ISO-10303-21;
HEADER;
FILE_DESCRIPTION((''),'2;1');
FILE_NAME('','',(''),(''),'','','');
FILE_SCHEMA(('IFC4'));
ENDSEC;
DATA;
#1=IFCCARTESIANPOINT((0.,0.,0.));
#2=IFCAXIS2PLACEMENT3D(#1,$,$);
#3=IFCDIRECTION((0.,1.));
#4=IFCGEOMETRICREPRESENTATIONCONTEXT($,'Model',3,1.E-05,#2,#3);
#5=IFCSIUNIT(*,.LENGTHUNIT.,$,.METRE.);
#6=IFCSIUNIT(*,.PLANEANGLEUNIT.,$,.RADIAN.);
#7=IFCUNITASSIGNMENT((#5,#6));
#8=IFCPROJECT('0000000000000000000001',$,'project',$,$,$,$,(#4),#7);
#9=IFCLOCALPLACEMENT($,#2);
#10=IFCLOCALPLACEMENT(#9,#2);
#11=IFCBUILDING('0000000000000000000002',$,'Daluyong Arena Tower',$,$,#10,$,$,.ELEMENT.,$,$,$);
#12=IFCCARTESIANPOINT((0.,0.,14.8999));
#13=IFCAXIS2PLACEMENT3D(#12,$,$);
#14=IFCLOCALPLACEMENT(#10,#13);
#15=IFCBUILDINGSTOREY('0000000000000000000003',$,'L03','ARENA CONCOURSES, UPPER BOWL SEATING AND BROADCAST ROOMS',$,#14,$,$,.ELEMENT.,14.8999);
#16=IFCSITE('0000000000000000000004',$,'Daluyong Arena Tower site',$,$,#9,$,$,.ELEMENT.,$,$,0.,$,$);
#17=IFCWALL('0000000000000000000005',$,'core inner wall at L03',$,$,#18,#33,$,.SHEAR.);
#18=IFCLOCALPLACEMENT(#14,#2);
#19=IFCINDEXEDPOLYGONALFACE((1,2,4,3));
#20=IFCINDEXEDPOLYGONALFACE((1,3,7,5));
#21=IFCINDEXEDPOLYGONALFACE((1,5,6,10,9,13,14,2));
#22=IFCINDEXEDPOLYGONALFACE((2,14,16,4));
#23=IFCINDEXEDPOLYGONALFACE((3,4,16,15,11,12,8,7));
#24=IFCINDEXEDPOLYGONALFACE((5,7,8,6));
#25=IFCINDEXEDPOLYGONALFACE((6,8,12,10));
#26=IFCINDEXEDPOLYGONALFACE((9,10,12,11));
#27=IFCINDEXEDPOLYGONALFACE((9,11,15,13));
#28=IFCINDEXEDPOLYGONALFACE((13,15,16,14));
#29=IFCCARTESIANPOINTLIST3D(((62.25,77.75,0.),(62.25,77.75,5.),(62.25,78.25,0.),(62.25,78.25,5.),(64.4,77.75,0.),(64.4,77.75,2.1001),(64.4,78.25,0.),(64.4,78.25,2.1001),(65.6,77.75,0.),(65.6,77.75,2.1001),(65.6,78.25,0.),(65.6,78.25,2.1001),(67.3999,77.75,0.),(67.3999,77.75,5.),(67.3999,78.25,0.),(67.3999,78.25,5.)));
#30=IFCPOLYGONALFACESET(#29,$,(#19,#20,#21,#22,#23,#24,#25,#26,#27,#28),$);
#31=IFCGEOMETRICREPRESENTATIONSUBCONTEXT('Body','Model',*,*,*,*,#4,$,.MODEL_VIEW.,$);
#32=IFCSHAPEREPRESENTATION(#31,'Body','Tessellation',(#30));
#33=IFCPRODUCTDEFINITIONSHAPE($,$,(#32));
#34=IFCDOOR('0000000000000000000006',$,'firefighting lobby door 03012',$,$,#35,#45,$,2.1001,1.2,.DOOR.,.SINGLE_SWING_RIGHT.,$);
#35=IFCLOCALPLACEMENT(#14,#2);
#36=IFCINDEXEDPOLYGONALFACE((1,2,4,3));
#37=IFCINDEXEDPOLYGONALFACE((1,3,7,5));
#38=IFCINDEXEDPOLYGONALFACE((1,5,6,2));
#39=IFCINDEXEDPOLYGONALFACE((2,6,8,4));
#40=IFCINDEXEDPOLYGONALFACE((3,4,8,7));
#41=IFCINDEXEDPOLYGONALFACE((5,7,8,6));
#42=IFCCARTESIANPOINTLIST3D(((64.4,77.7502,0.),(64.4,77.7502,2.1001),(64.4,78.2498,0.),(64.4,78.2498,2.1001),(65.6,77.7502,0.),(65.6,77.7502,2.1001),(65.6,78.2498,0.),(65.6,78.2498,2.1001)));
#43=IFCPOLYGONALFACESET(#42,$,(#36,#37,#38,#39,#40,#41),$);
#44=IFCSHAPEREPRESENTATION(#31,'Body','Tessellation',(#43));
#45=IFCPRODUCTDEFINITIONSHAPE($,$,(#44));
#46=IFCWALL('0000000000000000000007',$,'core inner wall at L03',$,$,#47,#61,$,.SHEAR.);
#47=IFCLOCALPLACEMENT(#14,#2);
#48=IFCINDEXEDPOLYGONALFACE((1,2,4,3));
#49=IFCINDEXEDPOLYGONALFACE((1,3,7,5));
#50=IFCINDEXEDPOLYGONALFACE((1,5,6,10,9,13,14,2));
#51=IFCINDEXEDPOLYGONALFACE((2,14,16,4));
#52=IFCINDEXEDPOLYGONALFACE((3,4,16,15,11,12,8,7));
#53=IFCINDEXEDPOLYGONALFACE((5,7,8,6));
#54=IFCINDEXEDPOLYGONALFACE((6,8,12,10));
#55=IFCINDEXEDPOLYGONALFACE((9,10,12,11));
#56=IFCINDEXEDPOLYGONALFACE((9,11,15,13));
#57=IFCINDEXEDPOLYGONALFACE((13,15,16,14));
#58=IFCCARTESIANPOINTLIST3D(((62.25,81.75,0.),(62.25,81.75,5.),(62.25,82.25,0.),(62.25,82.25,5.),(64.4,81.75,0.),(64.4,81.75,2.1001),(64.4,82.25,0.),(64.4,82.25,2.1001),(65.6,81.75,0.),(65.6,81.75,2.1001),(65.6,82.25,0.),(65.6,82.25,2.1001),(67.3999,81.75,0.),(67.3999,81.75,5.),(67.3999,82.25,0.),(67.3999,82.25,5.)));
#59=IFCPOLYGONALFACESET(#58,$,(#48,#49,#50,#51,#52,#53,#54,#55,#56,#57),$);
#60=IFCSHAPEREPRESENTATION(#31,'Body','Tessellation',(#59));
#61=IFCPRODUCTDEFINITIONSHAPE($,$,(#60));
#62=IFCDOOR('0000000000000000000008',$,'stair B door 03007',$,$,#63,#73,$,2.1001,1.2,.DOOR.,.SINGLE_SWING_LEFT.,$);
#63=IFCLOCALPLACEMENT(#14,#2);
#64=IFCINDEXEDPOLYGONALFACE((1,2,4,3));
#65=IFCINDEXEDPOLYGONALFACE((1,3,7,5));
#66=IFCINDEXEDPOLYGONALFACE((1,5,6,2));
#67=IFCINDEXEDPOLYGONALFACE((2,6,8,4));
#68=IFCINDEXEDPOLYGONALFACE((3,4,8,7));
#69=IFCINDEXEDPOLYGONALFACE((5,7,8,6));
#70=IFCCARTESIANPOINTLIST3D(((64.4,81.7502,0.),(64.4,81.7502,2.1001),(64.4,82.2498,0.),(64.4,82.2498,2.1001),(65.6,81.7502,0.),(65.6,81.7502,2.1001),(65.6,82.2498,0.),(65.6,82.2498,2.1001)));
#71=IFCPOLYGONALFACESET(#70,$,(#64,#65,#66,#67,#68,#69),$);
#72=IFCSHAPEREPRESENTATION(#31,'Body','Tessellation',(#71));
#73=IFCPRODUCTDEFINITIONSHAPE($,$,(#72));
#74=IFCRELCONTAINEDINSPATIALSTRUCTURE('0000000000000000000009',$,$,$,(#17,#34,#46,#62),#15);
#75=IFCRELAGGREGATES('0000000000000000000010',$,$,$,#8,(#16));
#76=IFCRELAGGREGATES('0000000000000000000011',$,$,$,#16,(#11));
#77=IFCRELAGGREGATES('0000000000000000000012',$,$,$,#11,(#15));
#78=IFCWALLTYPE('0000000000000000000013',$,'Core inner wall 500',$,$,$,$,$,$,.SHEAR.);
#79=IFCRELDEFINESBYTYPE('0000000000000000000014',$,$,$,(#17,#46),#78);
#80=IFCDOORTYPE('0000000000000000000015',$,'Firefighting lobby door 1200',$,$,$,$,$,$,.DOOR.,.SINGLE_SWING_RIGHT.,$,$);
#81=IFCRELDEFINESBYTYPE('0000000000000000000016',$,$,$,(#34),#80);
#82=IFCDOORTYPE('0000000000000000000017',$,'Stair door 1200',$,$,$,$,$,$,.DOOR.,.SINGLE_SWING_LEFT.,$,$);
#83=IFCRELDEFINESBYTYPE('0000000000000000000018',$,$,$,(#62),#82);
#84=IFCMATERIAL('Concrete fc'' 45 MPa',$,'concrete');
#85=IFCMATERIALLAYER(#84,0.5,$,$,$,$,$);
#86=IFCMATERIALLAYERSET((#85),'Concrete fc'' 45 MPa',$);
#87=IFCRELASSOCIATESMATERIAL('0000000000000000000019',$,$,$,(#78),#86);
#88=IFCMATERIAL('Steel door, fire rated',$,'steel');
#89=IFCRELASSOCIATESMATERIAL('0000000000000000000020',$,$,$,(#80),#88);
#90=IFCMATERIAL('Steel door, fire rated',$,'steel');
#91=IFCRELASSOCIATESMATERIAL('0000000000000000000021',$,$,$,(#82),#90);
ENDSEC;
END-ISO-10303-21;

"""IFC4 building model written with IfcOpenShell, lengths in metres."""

from ifc_helpers import new_model, si_unit, direction, frame, frame_2d, origin, place, context, subcontext, project, spatial, rectangle, extrude, material, layer, layer_set, type_object, element, fill, save


model = new_model("IFC4")

# Units and contexts
model_context = context("Model", 3, precision=1e-05, world=origin(), true_north=direction((0.0, 1.0)))
body_context = subcontext(model_context, "Body", "Model", "MODEL_VIEW")
ifc_project = project(units=[si_unit("LENGTHUNIT", "METRE"), si_unit("PLANEANGLEUNIT", "RADIAN")], contexts=[model_context])

# Site, building, storey
site_placement = place(None, origin())
site = spatial("IfcSite", under=ifc_project, at=site_placement, Name="Daluyong Arena Tower site", CompositionType="ELEMENT", RefElevation=0.0)
building_placement = place(site_placement, origin())
building = spatial("IfcBuilding", under=site, at=building_placement, Name="Daluyong Arena Tower", CompositionType="ELEMENT")
storey_placement = place(building_placement, frame((0.0, 0.0, 14.8999)))
storey = spatial("IfcBuildingStorey", under=building, at=storey_placement, Name="L03", Description="ARENA CONCOURSES, UPPER BOWL SEATING AND BROADCAST ROOMS", CompositionType="ELEMENT", Elevation=14.8999)

# Shared definitions
ifc_material_1 = material(Name="Concrete fc' 45 MPa", Category="concrete")
ifc_layer = layer(ifc_material_1, 0.5)
ifc_layer_set = layer_set([ifc_layer], Name="Concrete fc' 45 MPa")
wall_type = type_object("IfcWallType", Name="Core inner wall 500", PredefinedType="SHEAR", material=ifc_layer_set)

# Walls, openings, doors
wall_1_placement = place(storey_placement, frame((62.25, 78.0, 0.0), z_axis=(0.0, 0.0, 1.0), x_axis=(1.0, 0.0, 0.0)))
wall_1 = element("IfcWall", 1, at=wall_1_placement, inside=storey, type_object=wall_type, Name="core inner wall at L03", PredefinedType="SHEAR", context=body_context, shape_type="SweptSolid", body=[
    extrude(rectangle(XDim=5.1499, YDim=0.5, at=frame_2d((2.575, 0.0))), origin(), (0.0, 0.0, 1.0), 5.0),
])
opening_1_placement = place(wall_1_placement, frame((2.1499, 0.0, 0.0)))
opening_1 = element("IfcOpeningElement", 2, at=opening_1_placement, cuts=wall_1, PredefinedType="OPENING", context=body_context, shape_type="SweptSolid", body=[
    extrude(rectangle(XDim=1.2, YDim=2.1001, at=frame_2d((0.6001, 1.05))), frame((0.0, 0.26, 0.0), z_axis=(0.0, -1.0, 0.0), x_axis=(1.0, 0.0, 0.0)), (0.0, 0.0, 1.0), 0.52),
])
ifc_material_2 = material(Name="Steel door, fire rated", Category="steel")
door_type_1 = type_object("IfcDoorType", Name="Firefighting lobby door 1200", OperationType="SINGLE_SWING_RIGHT", PredefinedType="DOOR", material=ifc_material_2)
door_1_placement = place(opening_1_placement, origin())
door_1 = element("IfcDoor", 3, at=door_1_placement, inside=storey, type_object=door_type_1, Name="firefighting lobby door 03012", OperationType="SINGLE_SWING_RIGHT", OverallHeight=2.1001, OverallWidth=1.2, PredefinedType="DOOR", context=body_context, shape_type="SweptSolid", body=[
    extrude(rectangle(XDim=1.2, YDim=2.1001, at=frame_2d((0.6001, 1.05))), frame((0.0, 0.2498, 0.0), z_axis=(0.0, -1.0, 0.0), x_axis=(1.0, 0.0, 0.0)), (0.0, 0.0, 1.0), 0.4995),
])
fill(opening_1, door_1)
wall_2_placement = place(storey_placement, frame((62.25, 82.0, 0.0), z_axis=(0.0, 0.0, 1.0), x_axis=(1.0, 0.0, 0.0)))
wall_2 = element("IfcWall", 4, at=wall_2_placement, inside=storey, type_object=wall_type, Name="core inner wall at L03", PredefinedType="SHEAR", context=body_context, shape_type="SweptSolid", body=[
    extrude(rectangle(XDim=5.1499, YDim=0.5, at=frame_2d((2.575, 0.0))), origin(), (0.0, 0.0, 1.0), 5.0),
])
opening_2_placement = place(wall_2_placement, frame((2.1499, 0.0, 0.0)))
opening_2 = element("IfcOpeningElement", 5, at=opening_2_placement, cuts=wall_2, PredefinedType="OPENING", context=body_context, shape_type="SweptSolid", body=[
    extrude(rectangle(XDim=1.2, YDim=2.1001, at=frame_2d((0.6001, 1.05))), frame((0.0, 0.26, 0.0), z_axis=(0.0, -1.0, 0.0), x_axis=(1.0, 0.0, 0.0)), (0.0, 0.0, 1.0), 0.52),
])
ifc_material_3 = material(Name="Steel door, fire rated", Category="steel")
door_type_2 = type_object("IfcDoorType", Name="Stair door 1200", OperationType="SINGLE_SWING_LEFT", PredefinedType="DOOR", material=ifc_material_3)
door_2_placement = place(opening_2_placement, origin())
door_2 = element("IfcDoor", 6, at=door_2_placement, inside=storey, type_object=door_type_2, Name="stair B door 03007", OperationType="SINGLE_SWING_LEFT", OverallHeight=2.1001, OverallWidth=1.2, PredefinedType="DOOR", context=body_context, shape_type="SweptSolid", body=[
    extrude(rectangle(XDim=1.2, YDim=2.1001, at=frame_2d((0.6001, 1.05))), frame((0.0, 0.2498, 0.0), z_axis=(0.0, -1.0, 0.0), x_axis=(1.0, 0.0, 0.0)), (0.0, 0.0, 1.0), 0.4995),
])
fill(opening_2, door_2)

save(model, "model.ifc")
